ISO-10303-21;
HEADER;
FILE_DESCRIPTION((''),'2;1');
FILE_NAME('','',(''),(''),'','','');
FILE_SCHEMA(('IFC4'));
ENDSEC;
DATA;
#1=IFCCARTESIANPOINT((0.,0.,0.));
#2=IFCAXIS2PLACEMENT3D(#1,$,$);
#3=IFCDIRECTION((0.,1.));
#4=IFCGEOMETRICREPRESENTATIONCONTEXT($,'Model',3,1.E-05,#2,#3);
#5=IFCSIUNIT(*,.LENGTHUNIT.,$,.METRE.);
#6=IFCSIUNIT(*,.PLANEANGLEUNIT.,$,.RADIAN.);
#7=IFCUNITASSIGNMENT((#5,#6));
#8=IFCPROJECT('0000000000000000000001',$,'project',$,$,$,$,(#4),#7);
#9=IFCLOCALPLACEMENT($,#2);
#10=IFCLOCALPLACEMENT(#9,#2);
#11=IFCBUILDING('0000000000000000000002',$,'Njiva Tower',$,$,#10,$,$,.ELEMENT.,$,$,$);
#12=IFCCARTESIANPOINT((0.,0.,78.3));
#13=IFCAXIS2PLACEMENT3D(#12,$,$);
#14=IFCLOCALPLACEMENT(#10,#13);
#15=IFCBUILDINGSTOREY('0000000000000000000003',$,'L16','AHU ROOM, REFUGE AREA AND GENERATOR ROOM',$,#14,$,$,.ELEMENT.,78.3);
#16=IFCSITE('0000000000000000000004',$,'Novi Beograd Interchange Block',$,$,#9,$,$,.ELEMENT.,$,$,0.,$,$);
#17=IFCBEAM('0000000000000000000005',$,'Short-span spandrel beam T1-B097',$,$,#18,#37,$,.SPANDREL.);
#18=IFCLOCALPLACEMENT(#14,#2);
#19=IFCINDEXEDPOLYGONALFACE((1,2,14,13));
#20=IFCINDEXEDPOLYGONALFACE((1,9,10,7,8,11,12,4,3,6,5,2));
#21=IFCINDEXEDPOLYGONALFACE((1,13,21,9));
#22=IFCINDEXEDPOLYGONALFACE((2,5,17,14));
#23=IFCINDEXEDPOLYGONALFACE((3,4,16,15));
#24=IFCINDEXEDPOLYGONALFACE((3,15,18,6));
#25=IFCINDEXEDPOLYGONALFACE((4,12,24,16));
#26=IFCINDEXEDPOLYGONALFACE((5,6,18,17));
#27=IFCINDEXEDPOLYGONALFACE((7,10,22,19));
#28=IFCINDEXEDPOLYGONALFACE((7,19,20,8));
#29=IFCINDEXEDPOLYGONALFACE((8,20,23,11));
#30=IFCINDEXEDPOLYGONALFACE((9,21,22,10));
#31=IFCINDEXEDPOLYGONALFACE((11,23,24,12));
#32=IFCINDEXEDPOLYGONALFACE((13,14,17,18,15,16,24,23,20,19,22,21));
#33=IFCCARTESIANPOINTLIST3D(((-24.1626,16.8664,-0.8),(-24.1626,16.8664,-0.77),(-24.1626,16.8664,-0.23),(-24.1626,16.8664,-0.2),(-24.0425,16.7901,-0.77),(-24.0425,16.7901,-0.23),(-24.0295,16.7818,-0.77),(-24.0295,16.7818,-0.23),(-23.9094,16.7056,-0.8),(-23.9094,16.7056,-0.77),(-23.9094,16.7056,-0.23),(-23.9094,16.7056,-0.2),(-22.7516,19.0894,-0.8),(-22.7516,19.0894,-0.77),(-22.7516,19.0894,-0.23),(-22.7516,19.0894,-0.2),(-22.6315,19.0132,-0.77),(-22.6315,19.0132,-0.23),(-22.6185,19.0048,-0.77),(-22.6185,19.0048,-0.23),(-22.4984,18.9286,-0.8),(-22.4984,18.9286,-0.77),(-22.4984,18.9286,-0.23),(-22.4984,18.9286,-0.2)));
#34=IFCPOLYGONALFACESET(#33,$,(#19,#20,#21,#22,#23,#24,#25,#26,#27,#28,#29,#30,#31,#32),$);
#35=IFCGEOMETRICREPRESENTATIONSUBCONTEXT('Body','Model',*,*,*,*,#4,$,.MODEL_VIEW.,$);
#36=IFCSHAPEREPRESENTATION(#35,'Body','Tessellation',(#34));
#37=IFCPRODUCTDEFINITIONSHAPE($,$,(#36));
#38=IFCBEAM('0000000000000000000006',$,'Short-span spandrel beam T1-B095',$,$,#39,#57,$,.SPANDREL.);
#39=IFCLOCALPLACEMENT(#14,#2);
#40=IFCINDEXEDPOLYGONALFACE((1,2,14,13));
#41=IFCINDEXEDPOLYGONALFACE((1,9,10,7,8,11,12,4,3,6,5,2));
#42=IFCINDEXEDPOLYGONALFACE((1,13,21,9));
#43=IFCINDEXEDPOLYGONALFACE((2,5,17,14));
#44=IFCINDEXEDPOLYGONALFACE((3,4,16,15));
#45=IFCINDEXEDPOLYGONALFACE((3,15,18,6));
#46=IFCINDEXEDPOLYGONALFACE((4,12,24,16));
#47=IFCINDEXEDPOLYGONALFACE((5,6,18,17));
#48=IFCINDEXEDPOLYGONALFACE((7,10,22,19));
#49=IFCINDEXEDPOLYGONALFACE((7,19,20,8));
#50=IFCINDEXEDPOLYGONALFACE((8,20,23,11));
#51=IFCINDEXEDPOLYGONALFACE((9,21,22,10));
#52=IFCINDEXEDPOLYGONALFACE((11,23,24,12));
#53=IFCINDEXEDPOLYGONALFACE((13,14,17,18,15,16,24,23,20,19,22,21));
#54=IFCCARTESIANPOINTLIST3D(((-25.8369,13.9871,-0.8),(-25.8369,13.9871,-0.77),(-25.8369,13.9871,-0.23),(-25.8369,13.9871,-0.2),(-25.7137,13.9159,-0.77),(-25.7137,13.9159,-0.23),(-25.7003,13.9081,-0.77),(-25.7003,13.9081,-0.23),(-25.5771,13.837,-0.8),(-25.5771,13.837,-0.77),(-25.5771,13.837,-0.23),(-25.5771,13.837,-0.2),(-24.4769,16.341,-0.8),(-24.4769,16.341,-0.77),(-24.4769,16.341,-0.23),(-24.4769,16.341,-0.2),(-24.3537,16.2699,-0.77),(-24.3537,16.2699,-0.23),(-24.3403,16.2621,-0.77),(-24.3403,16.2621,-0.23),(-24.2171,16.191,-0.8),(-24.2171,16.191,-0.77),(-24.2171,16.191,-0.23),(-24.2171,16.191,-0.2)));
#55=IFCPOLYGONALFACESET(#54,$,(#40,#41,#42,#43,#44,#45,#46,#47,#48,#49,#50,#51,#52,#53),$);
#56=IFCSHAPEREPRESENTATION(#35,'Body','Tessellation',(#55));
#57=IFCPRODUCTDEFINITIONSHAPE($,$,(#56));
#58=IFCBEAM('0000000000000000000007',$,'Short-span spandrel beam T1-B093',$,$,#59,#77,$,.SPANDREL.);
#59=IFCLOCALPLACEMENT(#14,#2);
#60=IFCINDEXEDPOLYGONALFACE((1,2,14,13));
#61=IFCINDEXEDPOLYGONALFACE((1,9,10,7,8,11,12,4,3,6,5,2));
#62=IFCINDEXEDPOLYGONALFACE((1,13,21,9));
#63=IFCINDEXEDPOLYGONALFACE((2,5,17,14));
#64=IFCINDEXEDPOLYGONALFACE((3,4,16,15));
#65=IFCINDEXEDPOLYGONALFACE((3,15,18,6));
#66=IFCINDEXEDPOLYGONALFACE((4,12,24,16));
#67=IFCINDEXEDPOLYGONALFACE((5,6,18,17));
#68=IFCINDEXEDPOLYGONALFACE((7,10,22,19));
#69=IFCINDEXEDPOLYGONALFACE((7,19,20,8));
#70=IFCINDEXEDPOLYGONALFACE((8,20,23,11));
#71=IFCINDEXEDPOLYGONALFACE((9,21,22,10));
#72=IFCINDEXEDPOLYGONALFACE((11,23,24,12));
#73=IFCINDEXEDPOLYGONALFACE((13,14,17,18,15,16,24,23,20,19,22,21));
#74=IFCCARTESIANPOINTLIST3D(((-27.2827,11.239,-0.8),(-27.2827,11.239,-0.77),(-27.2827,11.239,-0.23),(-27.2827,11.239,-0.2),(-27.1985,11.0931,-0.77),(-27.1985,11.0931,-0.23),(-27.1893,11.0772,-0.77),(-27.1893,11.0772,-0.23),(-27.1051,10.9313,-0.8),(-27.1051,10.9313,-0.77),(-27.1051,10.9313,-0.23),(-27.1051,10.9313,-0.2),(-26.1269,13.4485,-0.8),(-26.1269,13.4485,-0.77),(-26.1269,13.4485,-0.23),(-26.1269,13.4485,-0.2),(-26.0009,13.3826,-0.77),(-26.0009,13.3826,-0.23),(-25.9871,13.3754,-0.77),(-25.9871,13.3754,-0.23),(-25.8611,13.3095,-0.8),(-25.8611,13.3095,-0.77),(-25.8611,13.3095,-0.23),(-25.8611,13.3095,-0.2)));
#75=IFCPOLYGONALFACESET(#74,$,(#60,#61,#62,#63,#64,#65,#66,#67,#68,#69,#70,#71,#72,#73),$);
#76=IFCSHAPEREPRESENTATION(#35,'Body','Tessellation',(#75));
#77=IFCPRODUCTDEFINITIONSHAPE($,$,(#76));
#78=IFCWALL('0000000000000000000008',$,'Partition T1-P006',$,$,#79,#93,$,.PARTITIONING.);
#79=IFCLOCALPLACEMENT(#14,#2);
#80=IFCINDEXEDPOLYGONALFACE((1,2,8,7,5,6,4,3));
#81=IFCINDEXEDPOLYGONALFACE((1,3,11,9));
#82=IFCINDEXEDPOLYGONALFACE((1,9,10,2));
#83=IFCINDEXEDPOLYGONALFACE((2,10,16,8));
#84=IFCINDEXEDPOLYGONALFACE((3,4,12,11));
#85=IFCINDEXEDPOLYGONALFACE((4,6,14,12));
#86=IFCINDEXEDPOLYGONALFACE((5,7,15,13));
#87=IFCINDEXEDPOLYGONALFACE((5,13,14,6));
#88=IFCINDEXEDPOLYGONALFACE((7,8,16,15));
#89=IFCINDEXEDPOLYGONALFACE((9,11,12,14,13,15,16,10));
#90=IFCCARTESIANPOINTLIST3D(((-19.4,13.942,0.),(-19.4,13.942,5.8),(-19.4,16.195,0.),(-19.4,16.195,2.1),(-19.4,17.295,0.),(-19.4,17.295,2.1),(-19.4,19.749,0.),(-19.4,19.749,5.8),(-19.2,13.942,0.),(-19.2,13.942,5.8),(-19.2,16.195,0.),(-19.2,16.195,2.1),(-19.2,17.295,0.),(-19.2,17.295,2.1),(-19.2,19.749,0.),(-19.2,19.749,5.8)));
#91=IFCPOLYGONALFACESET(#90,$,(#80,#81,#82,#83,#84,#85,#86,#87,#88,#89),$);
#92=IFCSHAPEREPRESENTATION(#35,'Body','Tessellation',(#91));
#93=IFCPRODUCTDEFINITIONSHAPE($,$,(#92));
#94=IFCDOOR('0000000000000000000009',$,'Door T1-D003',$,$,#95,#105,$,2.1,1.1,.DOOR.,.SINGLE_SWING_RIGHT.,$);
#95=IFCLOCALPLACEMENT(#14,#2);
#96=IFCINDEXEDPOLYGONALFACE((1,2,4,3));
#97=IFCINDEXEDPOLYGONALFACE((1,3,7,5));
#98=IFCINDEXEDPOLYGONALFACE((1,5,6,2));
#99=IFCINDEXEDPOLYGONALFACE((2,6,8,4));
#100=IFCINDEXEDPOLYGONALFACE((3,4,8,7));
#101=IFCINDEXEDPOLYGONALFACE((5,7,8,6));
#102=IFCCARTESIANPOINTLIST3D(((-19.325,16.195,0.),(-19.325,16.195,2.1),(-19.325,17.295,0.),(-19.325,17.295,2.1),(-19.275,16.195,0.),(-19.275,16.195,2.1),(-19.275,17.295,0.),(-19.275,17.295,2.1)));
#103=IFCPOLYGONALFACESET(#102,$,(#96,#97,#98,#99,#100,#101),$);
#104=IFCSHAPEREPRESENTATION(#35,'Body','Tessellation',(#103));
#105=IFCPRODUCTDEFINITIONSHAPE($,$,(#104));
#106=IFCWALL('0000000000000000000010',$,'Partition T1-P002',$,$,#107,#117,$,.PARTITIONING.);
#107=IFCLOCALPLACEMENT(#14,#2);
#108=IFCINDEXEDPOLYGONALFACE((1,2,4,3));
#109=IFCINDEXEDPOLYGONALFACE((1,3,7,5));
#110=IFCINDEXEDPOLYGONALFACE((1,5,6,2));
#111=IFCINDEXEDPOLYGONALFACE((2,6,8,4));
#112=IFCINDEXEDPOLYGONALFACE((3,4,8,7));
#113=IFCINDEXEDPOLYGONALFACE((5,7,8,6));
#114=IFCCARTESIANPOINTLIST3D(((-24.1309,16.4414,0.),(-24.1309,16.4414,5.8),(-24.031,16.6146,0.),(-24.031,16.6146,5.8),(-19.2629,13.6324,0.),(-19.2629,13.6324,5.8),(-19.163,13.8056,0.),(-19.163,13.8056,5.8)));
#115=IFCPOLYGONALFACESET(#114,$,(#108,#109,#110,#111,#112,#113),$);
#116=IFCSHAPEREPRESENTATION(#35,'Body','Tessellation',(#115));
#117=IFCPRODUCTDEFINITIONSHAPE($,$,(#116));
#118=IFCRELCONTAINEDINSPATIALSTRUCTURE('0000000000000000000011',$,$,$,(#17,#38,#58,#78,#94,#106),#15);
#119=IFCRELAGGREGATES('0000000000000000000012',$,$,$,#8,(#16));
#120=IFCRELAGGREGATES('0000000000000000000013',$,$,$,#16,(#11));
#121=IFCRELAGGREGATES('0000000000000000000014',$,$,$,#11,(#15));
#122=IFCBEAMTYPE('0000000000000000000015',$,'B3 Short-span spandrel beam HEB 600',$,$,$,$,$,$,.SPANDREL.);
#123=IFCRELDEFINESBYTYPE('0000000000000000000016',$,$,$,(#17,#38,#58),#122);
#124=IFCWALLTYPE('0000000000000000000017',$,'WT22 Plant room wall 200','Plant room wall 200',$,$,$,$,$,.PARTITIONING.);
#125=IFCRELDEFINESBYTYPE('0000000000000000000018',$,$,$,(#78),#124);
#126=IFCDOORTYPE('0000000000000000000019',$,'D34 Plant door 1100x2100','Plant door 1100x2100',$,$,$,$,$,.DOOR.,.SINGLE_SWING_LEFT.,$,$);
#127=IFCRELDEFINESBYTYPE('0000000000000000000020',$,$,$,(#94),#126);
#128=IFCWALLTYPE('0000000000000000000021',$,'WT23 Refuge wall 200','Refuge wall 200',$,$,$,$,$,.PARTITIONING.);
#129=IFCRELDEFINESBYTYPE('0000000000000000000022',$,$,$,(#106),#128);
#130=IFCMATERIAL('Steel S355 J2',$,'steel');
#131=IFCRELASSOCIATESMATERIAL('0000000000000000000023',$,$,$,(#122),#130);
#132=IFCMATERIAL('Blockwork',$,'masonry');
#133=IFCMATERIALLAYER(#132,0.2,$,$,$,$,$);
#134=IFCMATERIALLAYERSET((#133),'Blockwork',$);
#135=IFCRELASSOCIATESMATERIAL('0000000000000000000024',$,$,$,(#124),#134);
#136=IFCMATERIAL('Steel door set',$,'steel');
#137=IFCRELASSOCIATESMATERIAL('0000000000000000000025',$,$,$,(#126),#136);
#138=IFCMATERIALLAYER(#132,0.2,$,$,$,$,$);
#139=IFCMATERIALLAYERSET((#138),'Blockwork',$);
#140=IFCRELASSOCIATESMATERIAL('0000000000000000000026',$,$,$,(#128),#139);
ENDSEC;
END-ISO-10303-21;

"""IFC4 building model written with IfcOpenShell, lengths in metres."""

from ifc_helpers import new_model, si_unit, direction, frame, frame_2d, origin, origin_2d, place, context, subcontext, project, spatial, rectangle, i_section, extrude, clip, halfspace, material, layer, layer_set, material_profile, profile_set, type_object, element, fill, save


model = new_model("IFC4")

# Units and contexts
model_context = context("Model", 3, precision=1e-05, world=origin(), true_north=direction((0.0, 1.0)))
body_context = subcontext(model_context, "Body", "Model", "MODEL_VIEW")
ifc_project = project(units=[si_unit("LENGTHUNIT", "METRE"), si_unit("PLANEANGLEUNIT", "RADIAN")], contexts=[model_context])

# Site, building, storey
site_placement = place(None, origin())
site = spatial("IfcSite", under=ifc_project, at=site_placement, Name="Novi Beograd Interchange Block", CompositionType="ELEMENT", RefElevation=0.0)
building_placement = place(site_placement, origin())
building = spatial("IfcBuilding", under=site, at=building_placement, Name="Njiva Tower", CompositionType="ELEMENT")
storey_placement = place(building_placement, frame((0.0, 0.0, 78.3)))
storey = spatial("IfcBuildingStorey", under=building, at=storey_placement, Name="L16", Description="AHU ROOM, REFUGE AREA AND GENERATOR ROOM", CompositionType="ELEMENT", Elevation=78.3)

# Shared definitions
ifc_material_1 = material(Name="Steel S355 J2", Category="steel")

# Beams
ifc_material_profile_1 = material_profile(ifc_material_1, i_section(OverallWidth=0.3, OverallDepth=0.6, WebThickness=0.0155, FlangeThickness=0.03, at=origin_2d()), Name="HEB 600")
ifc_profile_set_1 = profile_set([ifc_material_profile_1], Name="Steel S355 J2")
beam_type_1 = type_object("IfcBeamType", Name="B3 Short-span spandrel beam HEB 600", PredefinedType="SPANDREL", material=ifc_profile_set_1)
beam_1_placement = place(storey_placement, frame((-22.625, 19.009, -0.5), z_axis=(-0.535892, -0.844286, 0.0), x_axis=(0.844286, -0.535892, 0.0)))
element("IfcBeam", 1, at=beam_1_placement, inside=storey, type_object=beam_type_1, Name="Short-span spandrel beam T1-B097", PredefinedType="SPANDREL", context=body_context, shape_type="SweptSolid", body=[
    extrude(i_section(OverallWidth=0.3, OverallDepth=0.6, WebThickness=0.0155, FlangeThickness=0.03, at=origin_2d()), origin(), (0.0, 0.0, 1.0), 2.633),
])
beam_2_placement = place(storey_placement, frame((-24.347, 16.266, -0.5), z_axis=(-0.500253, -0.865879, 0.0), x_axis=(0.865879, -0.500253, 0.0)))
element("IfcBeam", 2, at=beam_2_placement, inside=storey, type_object=beam_type_1, Name="Short-span spandrel beam T1-B095", PredefinedType="SPANDREL", context=body_context, shape_type="SweptSolid", body=[
    extrude(i_section(OverallWidth=0.3, OverallDepth=0.6, WebThickness=0.0155, FlangeThickness=0.03, at=origin_2d()), origin(), (0.0, 0.0, 1.0), 2.7186),
])
beam_3_placement = place(storey_placement, frame((-25.994, 13.379, -0.5), z_axis=(-0.463516, -0.886088, 0.0), x_axis=(0.886088, -0.463516, 0.0)))
element("IfcBeam", 3, at=beam_3_placement, inside=storey, type_object=beam_type_1, Name="Short-span spandrel beam T1-B093", PredefinedType="SPANDREL", context=body_context, shape_type="Clipping", body=[
    clip(extrude(i_section(OverallWidth=0.3, OverallDepth=0.6, WebThickness=0.0155, FlangeThickness=0.03, at=origin_2d()), origin(), (0.0, 0.0, 1.0), 2.7039), halfspace(frame((-0.0262, 0.0, 2.5721), z_axis=(-0.535619, 0.0, 0.84446), x_axis=(0.0, 1.0, 0.0)), False)),
])

# Wall, opening, door
ifc_material_2 = material(Name="Blockwork", Category="masonry")
ifc_layer_1 = layer(ifc_material_2, 0.2)
ifc_layer_set_1 = layer_set([ifc_layer_1], Name="Blockwork")
wall_type_1 = type_object("IfcWallType", Name="WT22 Plant room wall 200", Description="Plant room wall 200", PredefinedType="PARTITIONING", material=ifc_layer_set_1)
wall_1_placement = place(storey_placement, frame((-19.3, 13.942, 0.0), z_axis=(0.0, 0.0, 1.0), x_axis=(0.0, 1.0, 0.0)))
wall_1 = element("IfcWall", 4, at=wall_1_placement, inside=storey, type_object=wall_type_1, Name="Partition T1-P006", PredefinedType="PARTITIONING", context=body_context, shape_type="SweptSolid", body=[
    extrude(rectangle(XDim=5.807, YDim=0.2, at=frame_2d((2.9035, 0.0))), origin(), (0.0, 0.0, 1.0), 5.8),
])
opening_1_placement = place(wall_1_placement, frame((2.253, 0.0, 0.0)))
opening_1 = element("IfcOpeningElement", 5, at=opening_1_placement, cuts=wall_1, PredefinedType="OPENING", context=body_context, shape_type="SweptSolid", body=[
    extrude(rectangle(XDim=1.1, YDim=2.1, at=frame_2d((0.55, 1.05))), frame((0.0, 0.11, 0.0), z_axis=(0.0, -1.0, 0.0), x_axis=(1.0, 0.0, 0.0)), (0.0, 0.0, 1.0), 0.22),
])
ifc_material_3 = material(Name="Steel door set", Category="steel")
door_type = type_object("IfcDoorType", Name="D34 Plant door 1100x2100", Description="Plant door 1100x2100", OperationType="SINGLE_SWING_LEFT", PredefinedType="DOOR", material=ifc_material_3)
door_placement = place(opening_1_placement, origin())
door = element("IfcDoor", 6, at=door_placement, inside=storey, type_object=door_type, Name="Door T1-D003", OperationType="SINGLE_SWING_RIGHT", OverallHeight=2.1, OverallWidth=1.1, PredefinedType="DOOR", context=body_context, shape_type="SweptSolid", body=[
    extrude(rectangle(XDim=1.1, YDim=2.1, at=frame_2d((0.55, 1.05))), frame((0.0, 0.025, 0.0), z_axis=(0.0, -1.0, 0.0), x_axis=(1.0, 0.0, 0.0)), (0.0, 0.0, 1.0), 0.05),
])
fill(opening_1, door)

# Wall
ifc_layer_2 = layer(ifc_material_2, 0.2)
ifc_layer_set_2 = layer_set([ifc_layer_2], Name="Blockwork")
wall_type_2 = type_object("IfcWallType", Name="WT23 Refuge wall 200", Description="Refuge wall 200", PredefinedType="PARTITIONING", material=ifc_layer_set_2)
wall_2_placement = place(storey_placement, frame((-24.081, 16.528, 0.0), z_axis=(0.0, 0.0, 1.0), x_axis=(0.866144, -0.499794, 0.0)))
element("IfcWall", 7, at=wall_2_placement, inside=storey, type_object=wall_type_2, Name="Partition T1-P002", PredefinedType="PARTITIONING", context=body_context, shape_type="SweptSolid", body=[
    extrude(rectangle(XDim=5.6203, YDim=0.2, at=frame_2d((2.8102, 0.0))), origin(), (0.0, 0.0, 1.0), 5.8),
])

save(model, "model.ifc")
